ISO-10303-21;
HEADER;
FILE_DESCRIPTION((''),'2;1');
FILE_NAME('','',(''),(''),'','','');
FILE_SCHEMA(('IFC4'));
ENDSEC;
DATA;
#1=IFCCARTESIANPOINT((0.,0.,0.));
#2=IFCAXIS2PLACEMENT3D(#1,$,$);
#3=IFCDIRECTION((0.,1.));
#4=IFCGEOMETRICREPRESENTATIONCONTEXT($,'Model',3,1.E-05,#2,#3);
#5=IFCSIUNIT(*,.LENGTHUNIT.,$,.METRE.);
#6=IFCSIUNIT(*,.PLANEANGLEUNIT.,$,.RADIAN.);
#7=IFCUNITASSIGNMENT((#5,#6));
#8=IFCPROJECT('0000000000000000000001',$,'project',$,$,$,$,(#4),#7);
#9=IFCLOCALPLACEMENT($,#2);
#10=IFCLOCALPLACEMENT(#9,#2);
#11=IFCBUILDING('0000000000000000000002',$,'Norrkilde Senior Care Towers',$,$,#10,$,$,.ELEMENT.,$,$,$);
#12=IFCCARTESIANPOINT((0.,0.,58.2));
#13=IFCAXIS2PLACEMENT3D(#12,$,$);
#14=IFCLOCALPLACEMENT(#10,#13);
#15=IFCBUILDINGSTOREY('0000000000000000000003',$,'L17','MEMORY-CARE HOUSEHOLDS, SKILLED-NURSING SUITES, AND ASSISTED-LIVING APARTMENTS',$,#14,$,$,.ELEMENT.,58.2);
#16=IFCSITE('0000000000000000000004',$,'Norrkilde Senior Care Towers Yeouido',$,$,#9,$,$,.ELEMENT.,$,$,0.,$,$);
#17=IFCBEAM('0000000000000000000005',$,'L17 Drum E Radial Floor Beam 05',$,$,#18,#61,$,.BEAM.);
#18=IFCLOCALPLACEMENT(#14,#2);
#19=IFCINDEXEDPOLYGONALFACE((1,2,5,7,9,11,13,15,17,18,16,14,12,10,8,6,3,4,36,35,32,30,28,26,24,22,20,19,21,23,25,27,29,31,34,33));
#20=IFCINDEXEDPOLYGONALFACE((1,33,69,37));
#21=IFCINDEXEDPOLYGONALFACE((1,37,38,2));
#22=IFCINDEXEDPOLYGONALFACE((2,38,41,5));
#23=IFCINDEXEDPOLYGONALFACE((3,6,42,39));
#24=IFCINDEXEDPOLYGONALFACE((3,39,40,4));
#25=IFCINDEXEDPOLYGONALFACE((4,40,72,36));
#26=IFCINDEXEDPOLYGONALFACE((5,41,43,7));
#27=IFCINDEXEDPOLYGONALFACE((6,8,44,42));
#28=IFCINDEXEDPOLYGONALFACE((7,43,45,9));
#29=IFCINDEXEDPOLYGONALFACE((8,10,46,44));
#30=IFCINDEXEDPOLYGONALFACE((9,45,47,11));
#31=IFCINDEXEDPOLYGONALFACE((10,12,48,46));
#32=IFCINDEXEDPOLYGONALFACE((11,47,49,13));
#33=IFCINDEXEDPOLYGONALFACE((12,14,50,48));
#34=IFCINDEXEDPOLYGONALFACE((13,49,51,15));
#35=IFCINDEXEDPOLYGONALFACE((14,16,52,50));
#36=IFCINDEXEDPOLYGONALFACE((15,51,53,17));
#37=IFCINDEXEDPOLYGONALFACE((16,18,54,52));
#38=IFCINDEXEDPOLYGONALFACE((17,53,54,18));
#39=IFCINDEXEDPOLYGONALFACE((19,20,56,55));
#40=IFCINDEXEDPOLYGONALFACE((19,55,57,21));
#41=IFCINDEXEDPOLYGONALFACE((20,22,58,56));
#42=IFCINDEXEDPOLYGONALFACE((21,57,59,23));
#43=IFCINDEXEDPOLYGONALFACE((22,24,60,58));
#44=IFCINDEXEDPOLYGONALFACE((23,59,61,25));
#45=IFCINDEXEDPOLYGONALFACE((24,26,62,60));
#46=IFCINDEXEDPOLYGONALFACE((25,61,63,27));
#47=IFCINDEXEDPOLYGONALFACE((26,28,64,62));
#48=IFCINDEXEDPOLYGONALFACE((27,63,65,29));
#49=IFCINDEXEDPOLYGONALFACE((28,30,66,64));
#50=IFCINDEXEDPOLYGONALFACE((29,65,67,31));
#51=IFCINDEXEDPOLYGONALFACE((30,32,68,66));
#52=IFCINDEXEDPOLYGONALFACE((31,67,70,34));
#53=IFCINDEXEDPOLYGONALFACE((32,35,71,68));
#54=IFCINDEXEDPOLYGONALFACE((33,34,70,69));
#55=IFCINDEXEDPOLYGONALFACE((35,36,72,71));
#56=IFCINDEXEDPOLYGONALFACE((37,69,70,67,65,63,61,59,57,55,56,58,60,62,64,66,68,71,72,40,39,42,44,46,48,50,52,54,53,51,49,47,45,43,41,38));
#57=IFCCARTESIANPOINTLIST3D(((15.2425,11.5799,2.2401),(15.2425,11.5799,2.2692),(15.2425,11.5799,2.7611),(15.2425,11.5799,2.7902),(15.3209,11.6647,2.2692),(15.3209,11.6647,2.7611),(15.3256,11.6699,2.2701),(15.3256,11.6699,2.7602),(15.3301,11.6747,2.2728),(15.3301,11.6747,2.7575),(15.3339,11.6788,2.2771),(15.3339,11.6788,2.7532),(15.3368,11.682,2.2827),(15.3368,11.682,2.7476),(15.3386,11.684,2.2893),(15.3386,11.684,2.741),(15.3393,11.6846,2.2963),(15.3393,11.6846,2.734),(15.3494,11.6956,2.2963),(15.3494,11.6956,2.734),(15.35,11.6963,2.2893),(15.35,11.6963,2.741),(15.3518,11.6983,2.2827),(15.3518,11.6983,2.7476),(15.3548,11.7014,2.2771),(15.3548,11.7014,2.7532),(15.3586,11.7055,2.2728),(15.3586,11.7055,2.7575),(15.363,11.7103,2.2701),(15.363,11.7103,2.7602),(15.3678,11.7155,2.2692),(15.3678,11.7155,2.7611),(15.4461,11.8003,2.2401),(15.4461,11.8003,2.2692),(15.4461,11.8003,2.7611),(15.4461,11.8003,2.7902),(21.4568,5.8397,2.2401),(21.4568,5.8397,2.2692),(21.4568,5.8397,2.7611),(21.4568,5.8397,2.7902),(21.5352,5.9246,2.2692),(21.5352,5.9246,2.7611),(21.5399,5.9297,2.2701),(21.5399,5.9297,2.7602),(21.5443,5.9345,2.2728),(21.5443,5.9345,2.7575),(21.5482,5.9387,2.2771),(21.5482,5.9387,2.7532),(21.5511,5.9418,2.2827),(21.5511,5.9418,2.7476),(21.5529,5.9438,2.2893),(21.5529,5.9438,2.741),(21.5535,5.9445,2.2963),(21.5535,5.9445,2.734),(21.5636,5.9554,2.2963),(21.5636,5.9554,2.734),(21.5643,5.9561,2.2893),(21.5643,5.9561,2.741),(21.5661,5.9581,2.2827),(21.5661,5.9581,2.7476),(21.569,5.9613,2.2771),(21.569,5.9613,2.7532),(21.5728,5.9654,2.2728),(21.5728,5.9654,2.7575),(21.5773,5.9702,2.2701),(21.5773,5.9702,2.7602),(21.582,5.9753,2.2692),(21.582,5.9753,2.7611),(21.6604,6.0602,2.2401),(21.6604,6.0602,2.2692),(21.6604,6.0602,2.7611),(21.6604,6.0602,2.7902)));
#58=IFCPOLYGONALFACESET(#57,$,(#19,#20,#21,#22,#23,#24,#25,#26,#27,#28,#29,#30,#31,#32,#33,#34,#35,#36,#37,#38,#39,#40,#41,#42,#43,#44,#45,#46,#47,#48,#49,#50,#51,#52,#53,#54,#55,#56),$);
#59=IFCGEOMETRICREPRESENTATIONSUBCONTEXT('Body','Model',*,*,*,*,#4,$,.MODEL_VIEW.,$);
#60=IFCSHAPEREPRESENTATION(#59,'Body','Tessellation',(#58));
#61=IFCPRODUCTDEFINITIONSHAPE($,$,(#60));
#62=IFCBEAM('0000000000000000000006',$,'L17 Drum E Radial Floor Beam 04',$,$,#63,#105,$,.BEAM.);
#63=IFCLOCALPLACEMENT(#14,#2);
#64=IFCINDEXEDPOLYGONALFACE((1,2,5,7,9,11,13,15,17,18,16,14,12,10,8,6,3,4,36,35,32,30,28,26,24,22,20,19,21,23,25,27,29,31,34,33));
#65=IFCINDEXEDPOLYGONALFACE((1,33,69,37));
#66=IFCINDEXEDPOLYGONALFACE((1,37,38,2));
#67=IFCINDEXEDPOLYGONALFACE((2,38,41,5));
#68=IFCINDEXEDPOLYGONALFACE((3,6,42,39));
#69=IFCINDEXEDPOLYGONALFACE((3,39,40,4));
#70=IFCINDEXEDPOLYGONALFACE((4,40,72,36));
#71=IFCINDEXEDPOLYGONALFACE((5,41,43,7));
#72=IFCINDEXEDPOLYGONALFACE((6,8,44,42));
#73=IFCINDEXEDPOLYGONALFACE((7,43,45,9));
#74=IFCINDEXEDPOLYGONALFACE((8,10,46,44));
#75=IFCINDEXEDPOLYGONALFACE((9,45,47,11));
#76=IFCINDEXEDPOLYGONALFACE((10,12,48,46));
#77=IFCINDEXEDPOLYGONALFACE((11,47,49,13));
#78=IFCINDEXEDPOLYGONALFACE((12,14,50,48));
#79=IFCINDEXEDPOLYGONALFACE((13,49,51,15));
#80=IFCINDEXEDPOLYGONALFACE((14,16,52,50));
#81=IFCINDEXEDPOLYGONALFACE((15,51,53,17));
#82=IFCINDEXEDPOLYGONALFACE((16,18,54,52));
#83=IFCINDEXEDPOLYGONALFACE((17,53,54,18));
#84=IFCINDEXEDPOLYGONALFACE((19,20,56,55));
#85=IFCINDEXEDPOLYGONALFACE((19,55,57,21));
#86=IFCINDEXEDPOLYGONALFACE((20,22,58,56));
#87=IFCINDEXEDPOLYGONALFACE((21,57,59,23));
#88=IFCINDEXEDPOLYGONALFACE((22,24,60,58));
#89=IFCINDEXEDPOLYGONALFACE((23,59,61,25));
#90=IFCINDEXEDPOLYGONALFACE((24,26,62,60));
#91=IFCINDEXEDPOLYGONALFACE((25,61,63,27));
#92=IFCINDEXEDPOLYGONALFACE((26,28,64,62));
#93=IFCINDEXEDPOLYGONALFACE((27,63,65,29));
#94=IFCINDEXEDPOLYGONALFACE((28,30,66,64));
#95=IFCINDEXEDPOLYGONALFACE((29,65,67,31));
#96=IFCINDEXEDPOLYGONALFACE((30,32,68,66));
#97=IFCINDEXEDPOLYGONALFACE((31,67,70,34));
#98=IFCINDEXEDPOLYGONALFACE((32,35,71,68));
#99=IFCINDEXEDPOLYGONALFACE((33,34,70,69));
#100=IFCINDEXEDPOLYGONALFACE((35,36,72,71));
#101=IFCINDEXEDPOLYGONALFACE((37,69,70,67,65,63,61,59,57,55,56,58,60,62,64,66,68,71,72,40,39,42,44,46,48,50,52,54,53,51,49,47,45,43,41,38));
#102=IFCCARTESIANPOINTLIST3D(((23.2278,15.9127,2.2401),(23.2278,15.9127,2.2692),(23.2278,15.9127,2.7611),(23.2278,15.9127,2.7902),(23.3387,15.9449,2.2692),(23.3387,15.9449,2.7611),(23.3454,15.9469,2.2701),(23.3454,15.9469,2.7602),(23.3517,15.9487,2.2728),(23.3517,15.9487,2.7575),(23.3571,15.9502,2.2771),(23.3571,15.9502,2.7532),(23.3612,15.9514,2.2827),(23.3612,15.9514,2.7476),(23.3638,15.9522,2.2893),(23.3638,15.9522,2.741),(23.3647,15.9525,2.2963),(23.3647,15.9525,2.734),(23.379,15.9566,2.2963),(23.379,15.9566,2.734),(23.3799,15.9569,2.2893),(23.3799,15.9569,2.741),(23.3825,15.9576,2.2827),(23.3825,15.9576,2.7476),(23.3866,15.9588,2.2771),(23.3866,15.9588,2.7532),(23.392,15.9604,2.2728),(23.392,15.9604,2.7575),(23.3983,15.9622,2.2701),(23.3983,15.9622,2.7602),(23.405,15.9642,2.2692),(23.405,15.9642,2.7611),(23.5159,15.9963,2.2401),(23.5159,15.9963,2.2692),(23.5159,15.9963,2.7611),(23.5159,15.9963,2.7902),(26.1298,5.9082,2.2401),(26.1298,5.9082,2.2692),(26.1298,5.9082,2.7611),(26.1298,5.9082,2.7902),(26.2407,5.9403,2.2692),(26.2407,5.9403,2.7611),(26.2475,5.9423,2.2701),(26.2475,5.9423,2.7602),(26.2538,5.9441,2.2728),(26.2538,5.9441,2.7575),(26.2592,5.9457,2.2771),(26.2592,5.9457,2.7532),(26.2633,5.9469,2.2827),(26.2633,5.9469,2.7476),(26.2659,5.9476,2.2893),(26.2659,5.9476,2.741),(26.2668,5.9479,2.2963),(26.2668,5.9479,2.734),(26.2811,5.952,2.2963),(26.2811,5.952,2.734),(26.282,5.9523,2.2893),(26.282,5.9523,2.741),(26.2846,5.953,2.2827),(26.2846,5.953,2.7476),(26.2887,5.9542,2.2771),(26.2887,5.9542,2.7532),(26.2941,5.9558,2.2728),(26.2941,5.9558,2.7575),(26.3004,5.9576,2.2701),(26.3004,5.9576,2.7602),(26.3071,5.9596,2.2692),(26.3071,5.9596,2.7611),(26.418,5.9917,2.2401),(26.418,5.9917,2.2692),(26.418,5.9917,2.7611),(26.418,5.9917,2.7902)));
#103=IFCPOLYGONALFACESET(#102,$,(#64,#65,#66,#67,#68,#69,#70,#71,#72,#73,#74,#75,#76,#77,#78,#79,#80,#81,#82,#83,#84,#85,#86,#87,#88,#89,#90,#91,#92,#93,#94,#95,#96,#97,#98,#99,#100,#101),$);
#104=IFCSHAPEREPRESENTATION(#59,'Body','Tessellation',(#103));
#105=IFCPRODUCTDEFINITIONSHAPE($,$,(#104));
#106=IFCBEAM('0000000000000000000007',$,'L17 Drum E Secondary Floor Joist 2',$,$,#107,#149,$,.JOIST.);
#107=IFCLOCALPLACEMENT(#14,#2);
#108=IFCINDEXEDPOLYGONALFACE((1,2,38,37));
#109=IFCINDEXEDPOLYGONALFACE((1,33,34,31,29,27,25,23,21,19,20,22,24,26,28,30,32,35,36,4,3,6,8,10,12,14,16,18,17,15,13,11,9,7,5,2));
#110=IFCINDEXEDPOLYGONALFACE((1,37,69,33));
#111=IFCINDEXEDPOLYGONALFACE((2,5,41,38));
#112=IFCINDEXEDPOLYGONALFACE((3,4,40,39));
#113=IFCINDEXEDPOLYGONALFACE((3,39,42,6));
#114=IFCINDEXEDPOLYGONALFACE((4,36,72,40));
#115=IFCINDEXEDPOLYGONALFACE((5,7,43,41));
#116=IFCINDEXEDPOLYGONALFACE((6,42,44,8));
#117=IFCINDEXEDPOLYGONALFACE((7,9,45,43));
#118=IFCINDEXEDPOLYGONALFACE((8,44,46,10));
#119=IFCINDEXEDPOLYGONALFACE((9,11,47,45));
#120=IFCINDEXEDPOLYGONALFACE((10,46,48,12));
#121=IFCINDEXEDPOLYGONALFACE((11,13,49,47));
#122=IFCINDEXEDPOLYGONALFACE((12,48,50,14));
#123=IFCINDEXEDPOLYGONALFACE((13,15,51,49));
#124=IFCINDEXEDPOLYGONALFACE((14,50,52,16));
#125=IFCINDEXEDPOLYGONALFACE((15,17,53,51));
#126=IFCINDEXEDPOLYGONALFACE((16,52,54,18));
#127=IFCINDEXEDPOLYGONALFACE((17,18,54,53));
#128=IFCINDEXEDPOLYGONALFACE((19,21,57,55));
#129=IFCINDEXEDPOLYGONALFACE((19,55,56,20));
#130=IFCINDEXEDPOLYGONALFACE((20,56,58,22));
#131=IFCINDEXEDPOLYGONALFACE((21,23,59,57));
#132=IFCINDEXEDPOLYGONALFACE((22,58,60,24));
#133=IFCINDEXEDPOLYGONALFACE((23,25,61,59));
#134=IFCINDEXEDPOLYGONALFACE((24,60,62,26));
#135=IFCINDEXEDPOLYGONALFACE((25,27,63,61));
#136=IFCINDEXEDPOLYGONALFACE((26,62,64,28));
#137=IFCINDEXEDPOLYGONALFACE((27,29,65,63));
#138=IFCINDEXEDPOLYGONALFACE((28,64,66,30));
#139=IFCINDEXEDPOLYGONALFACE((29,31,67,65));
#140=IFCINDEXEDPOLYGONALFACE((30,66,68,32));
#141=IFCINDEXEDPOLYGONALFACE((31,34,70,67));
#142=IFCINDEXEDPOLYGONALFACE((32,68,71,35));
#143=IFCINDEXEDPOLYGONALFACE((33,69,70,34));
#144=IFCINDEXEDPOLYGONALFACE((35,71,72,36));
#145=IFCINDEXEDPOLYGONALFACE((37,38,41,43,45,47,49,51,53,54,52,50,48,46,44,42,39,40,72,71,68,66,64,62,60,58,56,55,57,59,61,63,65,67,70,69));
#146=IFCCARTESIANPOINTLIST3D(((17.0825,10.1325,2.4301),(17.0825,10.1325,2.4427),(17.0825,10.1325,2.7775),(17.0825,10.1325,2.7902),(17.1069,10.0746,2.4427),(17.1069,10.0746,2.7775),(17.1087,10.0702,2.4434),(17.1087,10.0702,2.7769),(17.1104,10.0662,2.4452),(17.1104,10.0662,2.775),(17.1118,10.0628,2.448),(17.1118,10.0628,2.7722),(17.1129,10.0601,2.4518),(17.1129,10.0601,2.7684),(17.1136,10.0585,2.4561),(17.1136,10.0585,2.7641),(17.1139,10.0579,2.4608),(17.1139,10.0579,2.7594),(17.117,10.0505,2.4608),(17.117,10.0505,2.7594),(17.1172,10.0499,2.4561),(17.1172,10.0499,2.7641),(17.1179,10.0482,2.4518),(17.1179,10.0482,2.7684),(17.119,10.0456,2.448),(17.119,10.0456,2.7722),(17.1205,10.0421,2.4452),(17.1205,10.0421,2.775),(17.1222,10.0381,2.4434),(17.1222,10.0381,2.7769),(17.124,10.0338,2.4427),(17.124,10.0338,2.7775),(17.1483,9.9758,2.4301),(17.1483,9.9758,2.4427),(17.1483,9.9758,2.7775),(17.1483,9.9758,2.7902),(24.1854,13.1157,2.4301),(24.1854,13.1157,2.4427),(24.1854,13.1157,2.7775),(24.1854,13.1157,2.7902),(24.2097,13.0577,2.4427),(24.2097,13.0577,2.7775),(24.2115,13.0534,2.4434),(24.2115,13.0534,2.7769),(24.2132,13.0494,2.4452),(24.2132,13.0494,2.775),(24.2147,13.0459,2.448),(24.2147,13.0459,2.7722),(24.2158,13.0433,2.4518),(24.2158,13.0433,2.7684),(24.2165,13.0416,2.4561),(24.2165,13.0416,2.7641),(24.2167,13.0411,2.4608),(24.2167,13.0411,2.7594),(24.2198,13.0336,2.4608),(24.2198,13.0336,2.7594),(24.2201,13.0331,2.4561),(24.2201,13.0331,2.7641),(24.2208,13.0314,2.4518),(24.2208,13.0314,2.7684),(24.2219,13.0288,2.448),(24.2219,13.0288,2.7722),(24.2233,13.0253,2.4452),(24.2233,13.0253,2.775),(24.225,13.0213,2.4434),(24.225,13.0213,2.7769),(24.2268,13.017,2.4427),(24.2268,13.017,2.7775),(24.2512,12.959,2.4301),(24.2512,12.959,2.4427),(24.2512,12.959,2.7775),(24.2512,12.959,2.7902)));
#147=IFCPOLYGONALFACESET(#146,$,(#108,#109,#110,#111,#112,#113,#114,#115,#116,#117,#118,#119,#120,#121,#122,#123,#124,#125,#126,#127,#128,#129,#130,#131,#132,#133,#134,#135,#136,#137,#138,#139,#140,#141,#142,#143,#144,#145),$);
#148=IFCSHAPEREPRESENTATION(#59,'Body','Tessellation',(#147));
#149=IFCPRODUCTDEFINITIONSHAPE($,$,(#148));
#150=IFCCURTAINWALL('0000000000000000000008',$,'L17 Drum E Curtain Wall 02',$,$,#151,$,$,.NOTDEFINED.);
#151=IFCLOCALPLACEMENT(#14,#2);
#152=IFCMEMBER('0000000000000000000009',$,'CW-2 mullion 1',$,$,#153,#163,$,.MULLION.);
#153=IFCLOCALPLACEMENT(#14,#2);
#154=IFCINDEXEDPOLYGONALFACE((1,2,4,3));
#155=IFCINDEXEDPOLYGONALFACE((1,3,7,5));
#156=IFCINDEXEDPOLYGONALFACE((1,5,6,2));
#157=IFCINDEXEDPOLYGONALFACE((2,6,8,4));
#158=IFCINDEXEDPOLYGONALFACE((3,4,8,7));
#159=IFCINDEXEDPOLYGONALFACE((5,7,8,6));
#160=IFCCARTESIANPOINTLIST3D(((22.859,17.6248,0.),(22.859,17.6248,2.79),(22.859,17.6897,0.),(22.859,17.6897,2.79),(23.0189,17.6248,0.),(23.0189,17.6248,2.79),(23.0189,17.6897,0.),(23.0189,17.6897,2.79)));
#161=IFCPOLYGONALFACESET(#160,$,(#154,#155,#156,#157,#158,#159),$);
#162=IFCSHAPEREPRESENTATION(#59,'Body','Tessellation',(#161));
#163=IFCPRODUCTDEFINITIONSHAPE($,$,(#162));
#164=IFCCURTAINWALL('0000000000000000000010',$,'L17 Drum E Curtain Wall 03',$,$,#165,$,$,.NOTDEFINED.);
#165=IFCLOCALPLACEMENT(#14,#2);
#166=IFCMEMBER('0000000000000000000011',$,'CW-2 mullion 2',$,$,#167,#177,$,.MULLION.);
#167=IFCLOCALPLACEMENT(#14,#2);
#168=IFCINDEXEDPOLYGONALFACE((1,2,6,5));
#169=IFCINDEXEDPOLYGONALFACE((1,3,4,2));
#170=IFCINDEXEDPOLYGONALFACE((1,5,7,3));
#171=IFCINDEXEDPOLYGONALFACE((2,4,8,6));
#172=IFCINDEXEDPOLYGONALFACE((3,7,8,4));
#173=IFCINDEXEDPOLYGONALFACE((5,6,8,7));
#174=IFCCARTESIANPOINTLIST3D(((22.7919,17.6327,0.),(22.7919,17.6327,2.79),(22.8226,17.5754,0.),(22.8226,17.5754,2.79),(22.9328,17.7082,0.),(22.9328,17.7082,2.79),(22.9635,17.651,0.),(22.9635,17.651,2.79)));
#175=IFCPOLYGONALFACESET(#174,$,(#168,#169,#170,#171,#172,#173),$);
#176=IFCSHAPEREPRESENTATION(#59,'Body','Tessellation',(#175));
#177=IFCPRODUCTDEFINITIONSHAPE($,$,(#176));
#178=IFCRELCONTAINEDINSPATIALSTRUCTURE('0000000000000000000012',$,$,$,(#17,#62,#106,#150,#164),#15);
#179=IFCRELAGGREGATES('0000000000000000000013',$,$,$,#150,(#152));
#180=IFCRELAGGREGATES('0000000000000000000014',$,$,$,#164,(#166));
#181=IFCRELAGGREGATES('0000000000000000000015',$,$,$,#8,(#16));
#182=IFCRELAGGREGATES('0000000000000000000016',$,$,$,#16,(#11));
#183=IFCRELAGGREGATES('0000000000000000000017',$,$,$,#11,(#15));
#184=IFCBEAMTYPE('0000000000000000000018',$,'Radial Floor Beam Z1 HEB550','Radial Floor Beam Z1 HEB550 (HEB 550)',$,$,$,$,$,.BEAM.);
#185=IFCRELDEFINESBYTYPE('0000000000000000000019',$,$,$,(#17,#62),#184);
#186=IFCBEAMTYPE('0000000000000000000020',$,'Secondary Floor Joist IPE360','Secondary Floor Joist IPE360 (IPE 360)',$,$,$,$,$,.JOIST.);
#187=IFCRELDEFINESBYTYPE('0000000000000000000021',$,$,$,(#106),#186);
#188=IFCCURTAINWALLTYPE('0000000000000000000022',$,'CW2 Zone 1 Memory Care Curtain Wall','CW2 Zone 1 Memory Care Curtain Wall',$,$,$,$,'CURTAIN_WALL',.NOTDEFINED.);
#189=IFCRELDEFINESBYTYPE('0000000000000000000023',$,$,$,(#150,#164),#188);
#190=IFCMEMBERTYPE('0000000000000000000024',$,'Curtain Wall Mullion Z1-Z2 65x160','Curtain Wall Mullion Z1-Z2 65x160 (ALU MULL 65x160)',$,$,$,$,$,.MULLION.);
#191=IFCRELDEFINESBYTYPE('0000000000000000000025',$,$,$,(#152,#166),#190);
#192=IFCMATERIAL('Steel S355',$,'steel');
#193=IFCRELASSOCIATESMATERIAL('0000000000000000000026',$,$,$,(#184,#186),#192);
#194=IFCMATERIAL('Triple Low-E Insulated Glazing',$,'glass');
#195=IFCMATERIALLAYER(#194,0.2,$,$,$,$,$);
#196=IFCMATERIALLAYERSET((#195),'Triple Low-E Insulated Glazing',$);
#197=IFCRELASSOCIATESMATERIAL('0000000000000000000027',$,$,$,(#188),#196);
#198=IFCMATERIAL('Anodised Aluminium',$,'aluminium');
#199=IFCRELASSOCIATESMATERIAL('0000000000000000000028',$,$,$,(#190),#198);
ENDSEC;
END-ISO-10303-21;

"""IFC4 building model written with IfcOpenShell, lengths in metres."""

from ifc_helpers import new_model, si_unit, direction, frame, origin, origin_2d, place, context, subcontext, project, spatial, rectangle, i_section, extrude, source, transform, mapped, material, layer, layer_set, material_profile, profile_set, type_object, type_shapes, element, aggregate, save


model = new_model("IFC4")

# Units and contexts
model_context = context("Model", 3, precision=1e-05, world=origin(), true_north=direction((0.0, 1.0)))
body_context = subcontext(model_context, "Body", "Model", "MODEL_VIEW")
ifc_project = project(units=[si_unit("LENGTHUNIT", "METRE"), si_unit("PLANEANGLEUNIT", "RADIAN")], contexts=[model_context])

# Site, building, storey
site_placement = place(None, origin())
site = spatial("IfcSite", under=ifc_project, at=site_placement, Name="Norrkilde Senior Care Towers Yeouido", CompositionType="ELEMENT", RefElevation=0.0)
building_placement = place(site_placement, origin())
building = spatial("IfcBuilding", under=site, at=building_placement, Name="Norrkilde Senior Care Towers", CompositionType="ELEMENT")
storey_placement = place(building_placement, frame((0.0, 0.0, 58.2)))
storey = spatial("IfcBuildingStorey", under=building, at=storey_placement, Name="L17", Description="MEMORY-CARE HOUSEHOLDS, SKILLED-NURSING SUITES, AND ASSISTED-LIVING APARTMENTS", CompositionType="ELEMENT", Elevation=58.2)

# Beams
ifc_material_1 = material(Name="Steel S355", Category="steel")
ifc_material_profile_1 = material_profile(ifc_material_1, i_section(OverallWidth=0.3, OverallDepth=0.55, WebThickness=0.0149, FlangeThickness=0.0291, FilletRadius=0.0271, at=origin_2d()), Name="HEB 550")
ifc_profile_set_1 = profile_set([ifc_material_profile_1], Name="Steel S355")
beam_type_1 = type_object("IfcBeamType", Name="Radial Floor Beam Z1 HEB550", Description="Radial Floor Beam Z1 HEB550 (HEB 550)", PredefinedType="BEAM", material=ifc_profile_set_1)
shared_shape_1 = source(origin(), body_context, "Body", "SweptSolid", [
    extrude(i_section(OverallWidth=0.3, OverallDepth=0.55, WebThickness=0.0149, FlangeThickness=0.0291, FilletRadius=0.0271, at=origin_2d()), origin(), (0.0, 0.0, 1.0), 8.4597),
])
beam_1_placement = place(storey_placement, frame((21.5586, 5.95, 2.5151), z_axis=(-0.734573, 0.678529, 0.0), x_axis=(-0.678529, -0.734573, 0.0)))
element("IfcBeam", 1, at=beam_1_placement, inside=storey, type_object=beam_type_1, Name="L17 Drum E Radial Floor Beam 05", PredefinedType="BEAM", context=body_context, shape_type="MappedRepresentation", body=[
    mapped(shared_shape_1, transform((0.0, 0.0, 0.0), x_axis=(1.0, 0.0, 0.0), y_axis=(0.0, 1.0, 0.0), z_axis=(0.0, 0.0, 1.0), scale=1.0)),
])
shared_shape_2 = source(origin(), body_context, "Body", "SweptSolid", [
    extrude(i_section(OverallWidth=0.3, OverallDepth=0.55, WebThickness=0.0149, FlangeThickness=0.0291, FilletRadius=0.0271, at=origin_2d()), origin(), (0.0, 0.0, 1.0), 10.417),
])
beam_2_placement = place(storey_placement, frame((26.2739, 5.95, 2.5151), z_axis=(-0.278591, 0.96041, 0.0), x_axis=(-0.96041, -0.278591, 0.0)))
element("IfcBeam", 2, at=beam_2_placement, inside=storey, type_object=beam_type_1, Name="L17 Drum E Radial Floor Beam 04", PredefinedType="BEAM", context=body_context, shape_type="MappedRepresentation", body=[
    mapped(shared_shape_2, transform((0.0, 0.0, 0.0), x_axis=(1.0, 0.0, 0.0), y_axis=(0.0, 1.0, 0.0), z_axis=(0.0, 0.0, 1.0), scale=1.0)),
])
ifc_material_profile_2 = material_profile(ifc_material_1, i_section(OverallWidth=0.1699, OverallDepth=0.3601, WebThickness=0.0081, FlangeThickness=0.0127, FilletRadius=0.0181, at=origin_2d()), Name="IPE 360")
ifc_profile_set_2 = profile_set([ifc_material_profile_2], Name="Steel S355")
beam_type_2 = type_object("IfcBeamType", Name="Secondary Floor Joist IPE360", Description="Secondary Floor Joist IPE360 (IPE 360)", PredefinedType="JOIST", material=ifc_profile_set_2)
shared_shape_3 = source(origin(), body_context, "Body", "SweptSolid", [
    extrude(i_section(OverallWidth=0.1699, OverallDepth=0.3601, WebThickness=0.0081, FlangeThickness=0.0127, FilletRadius=0.0181, at=origin_2d()), origin(), (0.0, 0.0, 1.0), 7.7039),
])
type_shapes(beam_type_2, [shared_shape_3])
beam_3_placement = place(storey_placement, frame((24.2183, 13.0374, 2.6101), z_axis=(-0.921983, -0.387231, 0.0), x_axis=(0.387231, -0.921983, 0.0)))
element("IfcBeam", 3, at=beam_3_placement, inside=storey, type_object=beam_type_2, Name="L17 Drum E Secondary Floor Joist 2", PredefinedType="JOIST", context=body_context, shape_type="MappedRepresentation", body=[
    mapped(shared_shape_3, transform((0.0, 0.0, 0.0), x_axis=(1.0, 0.0, 0.0), y_axis=(0.0, 1.0, 0.0), z_axis=(0.0, 0.0, 1.0), scale=1.0)),
])

# Curtain walls, members
ifc_material_2 = material(Name="Triple Low-E Insulated Glazing", Category="glass")
ifc_layer_1 = layer(ifc_material_2, 0.2)
ifc_layer_set_1 = layer_set([ifc_layer_1], Name="Triple Low-E Insulated Glazing")
curtain_wall_type = type_object("IfcCurtainWallType", Name="CW2 Zone 1 Memory Care Curtain Wall", Description="CW2 Zone 1 Memory Care Curtain Wall", ElementType="CURTAIN_WALL", PredefinedType="NOTDEFINED", material=ifc_layer_set_1)
curtain_wall_1_placement = place(storey_placement, origin())
curtain_wall_1 = element("IfcCurtainWall", 4, at=curtain_wall_1_placement, inside=storey, type_object=curtain_wall_type, Name="L17 Drum E Curtain Wall 02", PredefinedType="NOTDEFINED")
ifc_material_3 = material(Name="Anodised Aluminium", Category="aluminium")
ifc_material_profile_3 = material_profile(ifc_material_3, rectangle(XDim=0.0649, YDim=0.1599, at=origin_2d()), Name="ALU MULL 65x160")
ifc_profile_set_3 = profile_set([ifc_material_profile_3], Name="Anodised Aluminium")
member_type_1 = type_object("IfcMemberType", Name="Curtain Wall Mullion Z1-Z2 65x160", Description="Curtain Wall Mullion Z1-Z2 65x160 (ALU MULL 65x160)", PredefinedType="MULLION", material=ifc_profile_set_3)
shared_shape_4 = source(origin(), body_context, "Body", "SweptSolid", [
    extrude(rectangle(XDim=0.0649, YDim=0.1599, at=origin_2d()), origin(), (0.0, 0.0, 1.0), 2.79),
])
type_shapes(member_type_1, [shared_shape_4])
member_1_placement = place(storey_placement, frame((22.939, 17.6572, 0.0), z_axis=(0.0, 0.0, 1.0), x_axis=(0.0, 1.0, 0.0)))
member_1 = element("IfcMember", 5, at=member_1_placement, type_object=member_type_1, Name="CW-2 mullion 1", PredefinedType="MULLION", context=body_context, shape_type="MappedRepresentation", body=[
    mapped(shared_shape_4, transform((0.0, 0.0, 0.0), x_axis=(1.0, 0.0, 0.0), y_axis=(0.0, 1.0, 0.0), z_axis=(0.0, 0.0, 1.0), scale=1.0)),
])
curtain_wall_2_placement = place(storey_placement, origin())
curtain_wall_2 = element("IfcCurtainWall", 6, at=curtain_wall_2_placement, inside=storey, type_object=curtain_wall_type, Name="L17 Drum E Curtain Wall 03", PredefinedType="NOTDEFINED")
member_2_placement = place(storey_placement, frame((22.8777, 17.6418, 0.0), z_axis=(0.0, 0.0, 1.0), x_axis=(-0.472608, 0.881273, 0.0)))
member_2 = element("IfcMember", 7, at=member_2_placement, type_object=member_type_1, Name="CW-2 mullion 2", PredefinedType="MULLION", context=body_context, shape_type="MappedRepresentation", body=[
    mapped(shared_shape_4, transform((0.0, 0.0, 0.0), x_axis=(1.0, 0.0, 0.0), y_axis=(0.0, 1.0, 0.0), z_axis=(0.0, 0.0, 1.0), scale=1.0)),
])

aggregate(curtain_wall_1, [member_1])

aggregate(curtain_wall_2, [member_2])

save(model, "model.ifc")
